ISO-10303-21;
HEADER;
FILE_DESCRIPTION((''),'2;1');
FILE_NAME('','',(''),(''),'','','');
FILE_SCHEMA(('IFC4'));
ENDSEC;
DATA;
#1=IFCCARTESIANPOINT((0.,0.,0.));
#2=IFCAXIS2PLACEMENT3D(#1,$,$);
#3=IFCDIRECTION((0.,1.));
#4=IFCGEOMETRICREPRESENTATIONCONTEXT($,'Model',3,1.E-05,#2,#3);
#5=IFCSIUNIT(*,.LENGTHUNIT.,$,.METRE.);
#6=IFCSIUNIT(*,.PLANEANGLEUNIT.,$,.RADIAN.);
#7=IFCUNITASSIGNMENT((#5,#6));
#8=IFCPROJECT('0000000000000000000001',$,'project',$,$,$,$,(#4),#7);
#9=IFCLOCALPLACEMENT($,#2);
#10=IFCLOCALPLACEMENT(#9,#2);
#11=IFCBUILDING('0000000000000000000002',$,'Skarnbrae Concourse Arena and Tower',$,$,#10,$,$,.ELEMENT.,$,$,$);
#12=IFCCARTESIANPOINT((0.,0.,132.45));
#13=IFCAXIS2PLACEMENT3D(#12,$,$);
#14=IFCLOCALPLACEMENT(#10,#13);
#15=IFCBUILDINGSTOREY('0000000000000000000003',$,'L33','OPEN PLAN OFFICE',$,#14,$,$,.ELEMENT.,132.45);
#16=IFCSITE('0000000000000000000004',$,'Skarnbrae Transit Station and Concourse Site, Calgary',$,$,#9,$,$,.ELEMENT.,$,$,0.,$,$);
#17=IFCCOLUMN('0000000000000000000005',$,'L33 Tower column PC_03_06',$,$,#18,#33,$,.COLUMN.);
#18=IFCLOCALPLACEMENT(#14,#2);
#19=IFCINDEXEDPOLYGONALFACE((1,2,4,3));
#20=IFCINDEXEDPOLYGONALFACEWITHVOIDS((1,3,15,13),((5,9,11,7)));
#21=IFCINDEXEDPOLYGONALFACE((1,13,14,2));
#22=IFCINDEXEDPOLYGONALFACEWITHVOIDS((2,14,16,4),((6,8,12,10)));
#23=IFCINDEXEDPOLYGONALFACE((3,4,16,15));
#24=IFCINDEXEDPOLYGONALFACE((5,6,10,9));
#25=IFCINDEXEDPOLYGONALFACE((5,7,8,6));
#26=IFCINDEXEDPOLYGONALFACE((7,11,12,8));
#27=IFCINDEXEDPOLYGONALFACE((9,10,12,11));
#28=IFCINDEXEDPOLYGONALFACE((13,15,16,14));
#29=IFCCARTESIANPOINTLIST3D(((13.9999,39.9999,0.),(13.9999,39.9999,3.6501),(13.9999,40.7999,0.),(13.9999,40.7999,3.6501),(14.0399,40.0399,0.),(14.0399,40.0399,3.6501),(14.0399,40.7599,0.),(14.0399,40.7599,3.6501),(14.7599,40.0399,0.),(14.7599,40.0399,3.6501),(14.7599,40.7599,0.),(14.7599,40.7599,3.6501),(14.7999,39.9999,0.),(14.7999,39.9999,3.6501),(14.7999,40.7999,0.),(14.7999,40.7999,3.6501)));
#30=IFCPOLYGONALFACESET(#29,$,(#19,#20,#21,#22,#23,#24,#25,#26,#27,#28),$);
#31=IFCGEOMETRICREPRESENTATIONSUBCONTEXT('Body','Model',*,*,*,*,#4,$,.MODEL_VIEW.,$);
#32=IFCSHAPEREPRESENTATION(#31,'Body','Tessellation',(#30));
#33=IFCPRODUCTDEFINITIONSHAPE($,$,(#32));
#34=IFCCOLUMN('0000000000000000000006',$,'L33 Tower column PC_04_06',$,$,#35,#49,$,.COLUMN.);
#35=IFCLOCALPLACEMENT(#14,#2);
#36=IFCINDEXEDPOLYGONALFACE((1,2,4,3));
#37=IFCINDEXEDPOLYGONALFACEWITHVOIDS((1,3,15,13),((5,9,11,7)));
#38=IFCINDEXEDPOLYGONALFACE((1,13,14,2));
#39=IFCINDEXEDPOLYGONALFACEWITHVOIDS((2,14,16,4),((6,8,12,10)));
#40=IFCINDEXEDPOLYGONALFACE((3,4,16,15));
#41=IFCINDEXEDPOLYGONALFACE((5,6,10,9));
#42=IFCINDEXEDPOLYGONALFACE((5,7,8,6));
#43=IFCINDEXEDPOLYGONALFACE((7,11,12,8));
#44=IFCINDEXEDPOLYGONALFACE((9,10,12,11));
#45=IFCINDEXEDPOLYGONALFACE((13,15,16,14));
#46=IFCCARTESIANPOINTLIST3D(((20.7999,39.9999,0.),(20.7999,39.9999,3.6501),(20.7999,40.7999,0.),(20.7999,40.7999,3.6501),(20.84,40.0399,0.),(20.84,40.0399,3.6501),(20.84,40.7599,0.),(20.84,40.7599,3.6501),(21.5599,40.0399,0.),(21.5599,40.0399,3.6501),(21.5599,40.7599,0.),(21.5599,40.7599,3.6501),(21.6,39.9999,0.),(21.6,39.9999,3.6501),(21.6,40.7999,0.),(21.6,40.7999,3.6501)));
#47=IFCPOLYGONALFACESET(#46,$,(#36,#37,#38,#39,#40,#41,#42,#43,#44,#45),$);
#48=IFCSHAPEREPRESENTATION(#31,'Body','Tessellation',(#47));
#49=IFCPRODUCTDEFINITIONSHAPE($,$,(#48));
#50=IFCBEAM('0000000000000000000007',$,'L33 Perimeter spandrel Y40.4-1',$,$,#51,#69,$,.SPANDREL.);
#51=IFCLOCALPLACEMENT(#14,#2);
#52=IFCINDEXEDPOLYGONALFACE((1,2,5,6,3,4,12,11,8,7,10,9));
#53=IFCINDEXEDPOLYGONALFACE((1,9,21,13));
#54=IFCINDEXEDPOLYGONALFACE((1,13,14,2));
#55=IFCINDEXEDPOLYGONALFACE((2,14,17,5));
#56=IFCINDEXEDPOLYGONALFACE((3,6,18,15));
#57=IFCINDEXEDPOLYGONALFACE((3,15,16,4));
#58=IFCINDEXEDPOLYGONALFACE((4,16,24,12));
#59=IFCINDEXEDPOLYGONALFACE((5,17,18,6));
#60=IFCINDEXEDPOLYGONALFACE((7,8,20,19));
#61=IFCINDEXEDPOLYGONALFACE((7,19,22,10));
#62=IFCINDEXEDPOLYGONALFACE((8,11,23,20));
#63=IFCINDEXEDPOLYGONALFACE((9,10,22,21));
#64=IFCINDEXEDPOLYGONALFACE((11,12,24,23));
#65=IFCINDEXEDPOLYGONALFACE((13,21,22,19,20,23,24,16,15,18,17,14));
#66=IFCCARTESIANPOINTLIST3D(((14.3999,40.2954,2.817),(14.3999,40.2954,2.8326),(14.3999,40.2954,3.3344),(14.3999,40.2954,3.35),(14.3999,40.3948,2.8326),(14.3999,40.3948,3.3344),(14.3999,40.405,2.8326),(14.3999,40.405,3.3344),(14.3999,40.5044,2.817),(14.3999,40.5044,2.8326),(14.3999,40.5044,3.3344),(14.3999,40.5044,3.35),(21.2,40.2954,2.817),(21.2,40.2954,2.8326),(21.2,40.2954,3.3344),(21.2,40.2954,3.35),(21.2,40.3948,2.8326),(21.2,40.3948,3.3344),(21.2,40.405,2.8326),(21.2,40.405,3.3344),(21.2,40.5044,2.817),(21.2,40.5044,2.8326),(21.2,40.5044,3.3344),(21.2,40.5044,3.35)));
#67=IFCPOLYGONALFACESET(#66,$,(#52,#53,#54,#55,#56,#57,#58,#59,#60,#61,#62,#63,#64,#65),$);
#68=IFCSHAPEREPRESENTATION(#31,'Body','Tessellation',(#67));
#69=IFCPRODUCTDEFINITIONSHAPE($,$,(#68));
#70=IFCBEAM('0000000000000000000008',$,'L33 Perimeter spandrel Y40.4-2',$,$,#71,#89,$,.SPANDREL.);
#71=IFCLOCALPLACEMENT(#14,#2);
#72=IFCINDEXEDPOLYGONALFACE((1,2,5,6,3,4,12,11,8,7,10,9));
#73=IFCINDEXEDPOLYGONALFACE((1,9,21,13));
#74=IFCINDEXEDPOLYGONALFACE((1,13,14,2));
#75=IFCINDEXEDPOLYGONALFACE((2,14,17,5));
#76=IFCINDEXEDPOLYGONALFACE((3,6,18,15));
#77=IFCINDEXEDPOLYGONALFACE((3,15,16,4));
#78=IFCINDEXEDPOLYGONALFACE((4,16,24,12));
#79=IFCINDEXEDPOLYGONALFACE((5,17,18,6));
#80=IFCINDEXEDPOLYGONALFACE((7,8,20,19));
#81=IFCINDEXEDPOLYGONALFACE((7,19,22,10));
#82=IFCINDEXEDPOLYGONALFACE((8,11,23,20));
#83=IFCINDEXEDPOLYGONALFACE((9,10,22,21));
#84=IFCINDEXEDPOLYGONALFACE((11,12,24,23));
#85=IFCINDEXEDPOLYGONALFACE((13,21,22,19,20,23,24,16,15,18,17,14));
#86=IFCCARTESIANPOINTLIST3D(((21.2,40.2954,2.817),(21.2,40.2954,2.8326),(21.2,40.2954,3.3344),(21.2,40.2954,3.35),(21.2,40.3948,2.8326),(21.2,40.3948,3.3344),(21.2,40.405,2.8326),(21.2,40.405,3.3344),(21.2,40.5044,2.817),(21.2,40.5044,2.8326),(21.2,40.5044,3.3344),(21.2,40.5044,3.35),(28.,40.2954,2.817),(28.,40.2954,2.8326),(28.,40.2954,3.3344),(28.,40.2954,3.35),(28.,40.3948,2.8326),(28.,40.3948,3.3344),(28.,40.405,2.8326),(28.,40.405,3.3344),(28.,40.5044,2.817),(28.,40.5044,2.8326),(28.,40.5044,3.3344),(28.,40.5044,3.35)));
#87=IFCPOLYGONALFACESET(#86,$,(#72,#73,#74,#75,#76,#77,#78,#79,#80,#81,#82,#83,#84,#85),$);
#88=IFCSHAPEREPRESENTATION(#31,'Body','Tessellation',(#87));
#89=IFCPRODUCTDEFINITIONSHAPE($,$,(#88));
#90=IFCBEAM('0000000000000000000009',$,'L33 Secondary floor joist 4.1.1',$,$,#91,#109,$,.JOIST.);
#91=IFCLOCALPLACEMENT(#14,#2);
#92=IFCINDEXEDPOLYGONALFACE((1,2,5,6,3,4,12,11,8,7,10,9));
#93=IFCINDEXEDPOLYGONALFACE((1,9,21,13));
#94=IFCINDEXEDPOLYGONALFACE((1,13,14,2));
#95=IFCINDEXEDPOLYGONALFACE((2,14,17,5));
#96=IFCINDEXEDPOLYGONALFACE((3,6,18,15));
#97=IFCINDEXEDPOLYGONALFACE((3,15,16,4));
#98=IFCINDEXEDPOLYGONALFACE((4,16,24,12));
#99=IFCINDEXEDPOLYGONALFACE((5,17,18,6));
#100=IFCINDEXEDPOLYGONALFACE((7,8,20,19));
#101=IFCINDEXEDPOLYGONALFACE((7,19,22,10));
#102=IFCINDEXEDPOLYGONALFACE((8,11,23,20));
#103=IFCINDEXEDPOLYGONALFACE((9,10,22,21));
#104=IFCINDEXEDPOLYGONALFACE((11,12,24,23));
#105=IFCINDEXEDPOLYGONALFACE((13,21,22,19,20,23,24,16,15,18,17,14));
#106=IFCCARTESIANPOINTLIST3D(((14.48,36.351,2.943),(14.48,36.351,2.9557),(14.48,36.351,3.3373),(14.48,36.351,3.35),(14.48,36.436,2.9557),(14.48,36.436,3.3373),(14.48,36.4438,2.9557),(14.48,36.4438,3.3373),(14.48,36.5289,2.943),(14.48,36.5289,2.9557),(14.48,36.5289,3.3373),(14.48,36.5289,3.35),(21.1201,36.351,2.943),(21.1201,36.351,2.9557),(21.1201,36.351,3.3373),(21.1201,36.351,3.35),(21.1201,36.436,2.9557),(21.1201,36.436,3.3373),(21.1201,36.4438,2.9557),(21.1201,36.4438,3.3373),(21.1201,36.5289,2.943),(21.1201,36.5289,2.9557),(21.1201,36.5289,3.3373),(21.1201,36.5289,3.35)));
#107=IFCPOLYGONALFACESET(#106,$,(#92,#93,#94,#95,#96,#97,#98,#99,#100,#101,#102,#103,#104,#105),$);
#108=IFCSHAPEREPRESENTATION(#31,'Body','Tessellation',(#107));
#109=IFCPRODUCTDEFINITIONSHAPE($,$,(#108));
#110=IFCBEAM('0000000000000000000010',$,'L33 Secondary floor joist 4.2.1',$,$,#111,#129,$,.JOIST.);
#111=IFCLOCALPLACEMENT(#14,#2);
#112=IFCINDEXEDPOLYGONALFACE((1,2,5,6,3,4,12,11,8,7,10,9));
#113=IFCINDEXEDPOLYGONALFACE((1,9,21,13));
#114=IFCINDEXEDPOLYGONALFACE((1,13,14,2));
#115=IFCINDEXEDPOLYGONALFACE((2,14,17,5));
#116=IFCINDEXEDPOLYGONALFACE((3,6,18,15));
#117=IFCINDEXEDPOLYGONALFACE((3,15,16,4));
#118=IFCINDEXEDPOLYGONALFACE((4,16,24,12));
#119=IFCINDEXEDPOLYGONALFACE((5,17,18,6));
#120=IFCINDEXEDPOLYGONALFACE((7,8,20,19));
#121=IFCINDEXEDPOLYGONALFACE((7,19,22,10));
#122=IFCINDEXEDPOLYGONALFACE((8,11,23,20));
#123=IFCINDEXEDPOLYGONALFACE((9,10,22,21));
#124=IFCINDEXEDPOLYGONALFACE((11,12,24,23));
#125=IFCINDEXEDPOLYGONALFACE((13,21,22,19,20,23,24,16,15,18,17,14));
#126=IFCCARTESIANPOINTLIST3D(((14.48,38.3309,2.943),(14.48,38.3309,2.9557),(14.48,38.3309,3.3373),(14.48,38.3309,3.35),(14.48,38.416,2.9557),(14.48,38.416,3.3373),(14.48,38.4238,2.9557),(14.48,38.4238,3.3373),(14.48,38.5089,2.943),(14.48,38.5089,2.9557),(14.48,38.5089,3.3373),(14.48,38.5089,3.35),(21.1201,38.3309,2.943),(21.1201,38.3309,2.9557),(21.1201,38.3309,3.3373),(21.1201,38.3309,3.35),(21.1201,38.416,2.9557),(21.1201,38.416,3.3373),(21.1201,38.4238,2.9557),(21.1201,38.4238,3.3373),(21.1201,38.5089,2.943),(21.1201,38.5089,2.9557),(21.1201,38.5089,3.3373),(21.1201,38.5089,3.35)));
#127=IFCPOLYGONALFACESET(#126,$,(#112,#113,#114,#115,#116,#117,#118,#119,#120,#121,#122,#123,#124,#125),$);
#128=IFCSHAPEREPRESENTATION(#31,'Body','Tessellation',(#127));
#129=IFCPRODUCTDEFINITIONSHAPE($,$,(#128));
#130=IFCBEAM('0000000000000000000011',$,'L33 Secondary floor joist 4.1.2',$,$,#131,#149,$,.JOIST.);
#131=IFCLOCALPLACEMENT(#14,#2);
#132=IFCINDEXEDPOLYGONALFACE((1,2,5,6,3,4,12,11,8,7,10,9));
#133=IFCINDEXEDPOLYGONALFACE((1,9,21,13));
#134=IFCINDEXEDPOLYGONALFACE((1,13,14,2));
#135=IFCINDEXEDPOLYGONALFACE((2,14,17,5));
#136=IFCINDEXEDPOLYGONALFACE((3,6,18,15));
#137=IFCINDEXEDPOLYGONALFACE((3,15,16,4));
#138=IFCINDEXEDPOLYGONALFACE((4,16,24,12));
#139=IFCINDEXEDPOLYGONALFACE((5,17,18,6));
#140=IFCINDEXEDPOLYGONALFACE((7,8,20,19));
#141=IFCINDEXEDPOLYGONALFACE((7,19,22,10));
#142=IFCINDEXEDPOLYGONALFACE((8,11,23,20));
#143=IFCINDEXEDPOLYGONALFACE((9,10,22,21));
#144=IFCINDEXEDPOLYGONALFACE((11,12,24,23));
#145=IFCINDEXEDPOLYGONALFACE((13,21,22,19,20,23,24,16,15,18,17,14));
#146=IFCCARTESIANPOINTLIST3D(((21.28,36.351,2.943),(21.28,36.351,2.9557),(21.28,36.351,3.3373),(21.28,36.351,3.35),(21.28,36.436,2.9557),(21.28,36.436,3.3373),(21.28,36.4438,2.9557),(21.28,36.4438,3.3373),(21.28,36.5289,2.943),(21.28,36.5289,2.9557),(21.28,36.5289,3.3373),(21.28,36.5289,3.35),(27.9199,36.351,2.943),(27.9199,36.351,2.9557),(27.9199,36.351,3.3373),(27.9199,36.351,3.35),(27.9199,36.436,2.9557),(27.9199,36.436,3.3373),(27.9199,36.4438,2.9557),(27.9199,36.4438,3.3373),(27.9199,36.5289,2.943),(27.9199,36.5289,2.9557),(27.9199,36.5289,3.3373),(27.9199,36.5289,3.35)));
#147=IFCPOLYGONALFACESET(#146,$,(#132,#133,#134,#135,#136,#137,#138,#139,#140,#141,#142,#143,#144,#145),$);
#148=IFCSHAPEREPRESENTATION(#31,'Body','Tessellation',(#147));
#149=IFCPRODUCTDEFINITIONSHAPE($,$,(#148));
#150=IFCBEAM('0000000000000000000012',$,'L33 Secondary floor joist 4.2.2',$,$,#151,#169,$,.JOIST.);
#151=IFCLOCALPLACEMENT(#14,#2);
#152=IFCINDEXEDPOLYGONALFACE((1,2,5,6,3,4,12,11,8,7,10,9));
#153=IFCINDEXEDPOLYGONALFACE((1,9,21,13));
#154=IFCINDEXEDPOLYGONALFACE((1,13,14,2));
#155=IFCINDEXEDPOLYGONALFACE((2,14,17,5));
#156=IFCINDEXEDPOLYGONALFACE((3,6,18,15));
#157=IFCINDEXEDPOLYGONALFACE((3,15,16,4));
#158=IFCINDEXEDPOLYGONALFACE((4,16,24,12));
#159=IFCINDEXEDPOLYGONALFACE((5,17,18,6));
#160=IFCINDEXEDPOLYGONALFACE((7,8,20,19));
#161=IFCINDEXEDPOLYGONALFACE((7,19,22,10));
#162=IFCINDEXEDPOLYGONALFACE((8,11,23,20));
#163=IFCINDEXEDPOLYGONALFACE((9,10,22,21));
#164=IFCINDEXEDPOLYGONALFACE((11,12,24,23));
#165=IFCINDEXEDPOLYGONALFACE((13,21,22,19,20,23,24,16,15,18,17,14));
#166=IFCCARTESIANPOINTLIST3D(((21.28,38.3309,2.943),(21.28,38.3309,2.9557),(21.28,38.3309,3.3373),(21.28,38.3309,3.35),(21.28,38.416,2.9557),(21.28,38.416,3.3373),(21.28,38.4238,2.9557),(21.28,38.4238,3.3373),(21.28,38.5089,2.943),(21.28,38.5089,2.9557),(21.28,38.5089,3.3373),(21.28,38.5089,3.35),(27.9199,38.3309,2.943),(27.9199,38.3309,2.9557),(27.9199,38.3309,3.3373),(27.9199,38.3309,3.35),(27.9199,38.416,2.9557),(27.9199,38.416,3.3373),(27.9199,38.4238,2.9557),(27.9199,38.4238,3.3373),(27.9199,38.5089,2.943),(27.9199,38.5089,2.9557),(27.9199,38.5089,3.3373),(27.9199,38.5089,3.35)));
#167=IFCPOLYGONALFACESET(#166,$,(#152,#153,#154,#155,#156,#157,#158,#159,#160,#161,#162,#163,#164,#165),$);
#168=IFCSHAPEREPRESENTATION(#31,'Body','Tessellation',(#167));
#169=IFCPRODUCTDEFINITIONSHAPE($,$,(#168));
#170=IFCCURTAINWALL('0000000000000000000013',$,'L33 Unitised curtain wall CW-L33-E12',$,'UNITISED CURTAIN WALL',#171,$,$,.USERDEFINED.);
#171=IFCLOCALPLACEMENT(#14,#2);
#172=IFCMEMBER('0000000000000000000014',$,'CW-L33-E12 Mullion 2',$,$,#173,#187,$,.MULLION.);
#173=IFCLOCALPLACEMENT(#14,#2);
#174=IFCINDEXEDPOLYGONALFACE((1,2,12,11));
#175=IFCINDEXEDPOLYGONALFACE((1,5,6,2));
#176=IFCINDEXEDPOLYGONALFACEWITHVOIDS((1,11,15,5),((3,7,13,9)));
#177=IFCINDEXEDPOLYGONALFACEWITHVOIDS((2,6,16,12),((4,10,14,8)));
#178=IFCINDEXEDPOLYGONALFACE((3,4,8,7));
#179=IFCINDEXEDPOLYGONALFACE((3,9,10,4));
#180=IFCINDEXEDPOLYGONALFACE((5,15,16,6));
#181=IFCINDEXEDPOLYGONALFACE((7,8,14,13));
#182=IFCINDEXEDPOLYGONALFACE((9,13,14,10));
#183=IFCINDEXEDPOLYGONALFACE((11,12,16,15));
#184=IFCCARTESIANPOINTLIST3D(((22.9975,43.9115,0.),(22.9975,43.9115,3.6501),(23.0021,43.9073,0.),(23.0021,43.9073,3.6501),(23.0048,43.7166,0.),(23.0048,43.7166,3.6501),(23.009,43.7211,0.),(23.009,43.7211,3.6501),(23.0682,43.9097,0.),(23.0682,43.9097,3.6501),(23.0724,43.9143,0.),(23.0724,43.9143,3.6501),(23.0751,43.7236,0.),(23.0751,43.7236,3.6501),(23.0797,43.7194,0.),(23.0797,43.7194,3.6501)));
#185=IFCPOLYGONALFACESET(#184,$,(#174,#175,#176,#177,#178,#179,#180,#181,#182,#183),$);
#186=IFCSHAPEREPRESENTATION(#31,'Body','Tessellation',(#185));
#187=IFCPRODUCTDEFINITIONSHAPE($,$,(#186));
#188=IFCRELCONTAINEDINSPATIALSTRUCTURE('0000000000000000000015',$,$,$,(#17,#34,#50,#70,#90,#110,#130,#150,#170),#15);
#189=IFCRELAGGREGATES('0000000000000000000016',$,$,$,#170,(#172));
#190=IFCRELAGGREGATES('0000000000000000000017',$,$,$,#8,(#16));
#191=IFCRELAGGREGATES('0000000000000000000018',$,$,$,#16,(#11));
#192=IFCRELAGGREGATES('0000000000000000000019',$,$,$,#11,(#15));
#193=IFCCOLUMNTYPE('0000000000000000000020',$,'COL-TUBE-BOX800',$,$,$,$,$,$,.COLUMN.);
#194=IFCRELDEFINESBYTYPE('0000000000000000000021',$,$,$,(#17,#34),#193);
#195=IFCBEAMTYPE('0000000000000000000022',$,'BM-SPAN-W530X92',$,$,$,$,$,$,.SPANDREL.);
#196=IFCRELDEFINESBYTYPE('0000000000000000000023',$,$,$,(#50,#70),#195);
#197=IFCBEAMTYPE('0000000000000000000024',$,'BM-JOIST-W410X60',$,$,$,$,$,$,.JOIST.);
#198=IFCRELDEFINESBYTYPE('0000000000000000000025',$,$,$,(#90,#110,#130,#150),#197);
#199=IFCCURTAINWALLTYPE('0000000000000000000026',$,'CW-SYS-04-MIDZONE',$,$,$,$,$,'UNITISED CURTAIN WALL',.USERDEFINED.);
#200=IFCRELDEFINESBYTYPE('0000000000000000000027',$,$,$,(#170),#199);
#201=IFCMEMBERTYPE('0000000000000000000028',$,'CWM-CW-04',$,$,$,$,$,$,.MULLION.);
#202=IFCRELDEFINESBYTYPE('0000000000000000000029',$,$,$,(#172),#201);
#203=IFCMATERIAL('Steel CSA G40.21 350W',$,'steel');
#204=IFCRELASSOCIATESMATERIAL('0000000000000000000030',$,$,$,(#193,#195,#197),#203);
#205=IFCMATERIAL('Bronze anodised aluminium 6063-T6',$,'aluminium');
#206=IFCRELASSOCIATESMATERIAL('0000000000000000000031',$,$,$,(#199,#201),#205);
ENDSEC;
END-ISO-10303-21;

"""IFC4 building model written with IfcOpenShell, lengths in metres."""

from ifc_helpers import new_model, si_unit, direction, frame, origin, origin_2d, place, context, subcontext, project, spatial, hollow_rectangle, i_section, extrude, source, transform, mapped, material, material_profile, profile_set, type_object, element, aggregate, save


model = new_model("IFC4")

# Units and contexts
model_context = context("Model", 3, precision=1e-05, world=origin(), true_north=direction((0.0, 1.0)))
body_context = subcontext(model_context, "Body", "Model", "MODEL_VIEW")
ifc_project = project(units=[si_unit("LENGTHUNIT", "METRE"), si_unit("PLANEANGLEUNIT", "RADIAN")], contexts=[model_context])

# Site, building, storey
site_placement = place(None, origin())
site = spatial("IfcSite", under=ifc_project, at=site_placement, Name="Skarnbrae Transit Station and Concourse Site, Calgary", CompositionType="ELEMENT", RefElevation=0.0)
building_placement = place(site_placement, origin())
building = spatial("IfcBuilding", under=site, at=building_placement, Name="Skarnbrae Concourse Arena and Tower", CompositionType="ELEMENT")
storey_placement = place(building_placement, frame((0.0, 0.0, 132.45)))
storey = spatial("IfcBuildingStorey", under=building, at=storey_placement, Name="L33", Description="OPEN PLAN OFFICE", CompositionType="ELEMENT", Elevation=132.45)

# Columns
ifc_material_1 = material(Name="Steel CSA G40.21 350W", Category="steel")
ifc_material_profile_1 = material_profile(ifc_material_1, hollow_rectangle(XDim=0.8, YDim=0.8, WallThickness=0.04, at=origin_2d()), Name="BOX800X800X40")
ifc_profile_set_1 = profile_set([ifc_material_profile_1], Name="Steel CSA G40.21 350W")
column_type = type_object("IfcColumnType", Name="COL-TUBE-BOX800", PredefinedType="COLUMN", material=ifc_profile_set_1)
shared_shape_1 = source(origin(), body_context, "Body", "SweptSolid", [
    extrude(hollow_rectangle(XDim=0.8, YDim=0.8, WallThickness=0.04, at=origin_2d()), origin(), (0.0, 0.0, 1.0), 3.6501),
])
for number, where, z_axis, x_axis, name in (
    (1, (14.3999, 40.3999, 0.0), (0.0, 0.0, 1.0), (1.0, 0.0, 0.0), "L33 Tower column PC_03_06"),
    (2, (21.2, 40.3999, 0.0), (0.0, 0.0, 1.0), (1.0, 0.0, 0.0), "L33 Tower column PC_04_06"),
):
    element("IfcColumn", number, at=place(storey_placement, frame(where, z_axis=z_axis, x_axis=x_axis)), inside=storey, type_object=column_type, Name=name, PredefinedType="COLUMN", context=body_context, shape_type="MappedRepresentation", body=[
        mapped(shared_shape_1, transform((0.0, 0.0, 0.0))),
    ])

# Beams
ifc_material_profile_2 = material_profile(ifc_material_1, i_section(OverallWidth=0.209, OverallDepth=0.533, WebThickness=0.0103, FlangeThickness=0.0156, at=origin_2d()), Name="W530X92")
ifc_profile_set_2 = profile_set([ifc_material_profile_2], Name="Steel CSA G40.21 350W")
beam_type_1 = type_object("IfcBeamType", Name="BM-SPAN-W530X92", PredefinedType="SPANDREL", material=ifc_profile_set_2)
shared_shape_2 = source(origin(), body_context, "Body", "SweptSolid", [
    extrude(i_section(OverallWidth=0.209, OverallDepth=0.533, WebThickness=0.0103, FlangeThickness=0.0156, at=origin_2d()), origin(), (0.0, 0.0, 1.0), 6.8),
])
for number, where, z_axis, x_axis, name in (
    (3, (14.3999, 40.3999, 3.0835), (1.0, 0.0, 0.0), (0.0, 1.0, 0.0), "L33 Perimeter spandrel Y40.4-1"),
    (4, (21.2, 40.3999, 3.0835), (1.0, 0.0, 0.0), (0.0, 1.0, 0.0), "L33 Perimeter spandrel Y40.4-2"),
):
    element("IfcBeam", number, at=place(storey_placement, frame(where, z_axis=z_axis, x_axis=x_axis)), inside=storey, type_object=beam_type_1, Name=name, PredefinedType="SPANDREL", context=body_context, shape_type="MappedRepresentation", body=[
        mapped(shared_shape_2, transform((0.0, 0.0, 0.0))),
    ])
ifc_material_profile_3 = material_profile(ifc_material_1, i_section(OverallWidth=0.178, OverallDepth=0.407, WebThickness=0.0078, FlangeThickness=0.0127, at=origin_2d()), Name="W410X60")
ifc_profile_set_3 = profile_set([ifc_material_profile_3], Name="Steel CSA G40.21 350W")
beam_type_2 = type_object("IfcBeamType", Name="BM-JOIST-W410X60", PredefinedType="JOIST", material=ifc_profile_set_3)
shared_shape_3 = source(origin(), body_context, "Body", "SweptSolid", [
    extrude(i_section(OverallWidth=0.178, OverallDepth=0.407, WebThickness=0.0078, FlangeThickness=0.0127, at=origin_2d()), origin(), (0.0, 0.0, 1.0), 6.6401),
])
for number, where, z_axis, x_axis, name in (
    (5, (14.48, 36.4399, 3.1465), (1.0, 0.0, 0.0), (0.0, 1.0, 0.0), "L33 Secondary floor joist 4.1.1"),
    (6, (14.48, 38.4199, 3.1465), (1.0, 0.0, 0.0), (0.0, 1.0, 0.0), "L33 Secondary floor joist 4.2.1"),
):
    element("IfcBeam", number, at=place(storey_placement, frame(where, z_axis=z_axis, x_axis=x_axis)), inside=storey, type_object=beam_type_2, Name=name, PredefinedType="JOIST", context=body_context, shape_type="MappedRepresentation", body=[
        mapped(shared_shape_3, transform((0.0, 0.0, 0.0))),
    ])
shared_shape_4 = source(origin(), body_context, "Body", "SweptSolid", [
    extrude(i_section(OverallWidth=0.178, OverallDepth=0.407, WebThickness=0.0078, FlangeThickness=0.0127, at=origin_2d()), origin(), (0.0, 0.0, 1.0), 6.6399),
])
for number, where, z_axis, x_axis, name in (
    (7, (21.28, 36.4399, 3.1465), (1.0, 0.0, 0.0), (0.0, 1.0, 0.0), "L33 Secondary floor joist 4.1.2"),
    (8, (21.28, 38.4199, 3.1465), (1.0, 0.0, 0.0), (0.0, 1.0, 0.0), "L33 Secondary floor joist 4.2.2"),
):
    element("IfcBeam", number, at=place(storey_placement, frame(where, z_axis=z_axis, x_axis=x_axis)), inside=storey, type_object=beam_type_2, Name=name, PredefinedType="JOIST", context=body_context, shape_type="MappedRepresentation", body=[
        mapped(shared_shape_4, transform((0.0, 0.0, 0.0))),
    ])

# Curtain wall, member
ifc_material_2 = material(Name="Bronze anodised aluminium 6063-T6", Category="aluminium")
curtain_wall_type = type_object("IfcCurtainWallType", Name="CW-SYS-04-MIDZONE", ElementType="UNITISED CURTAIN WALL", PredefinedType="USERDEFINED", material=ifc_material_2)
curtain_wall_1_placement = place(storey_placement, origin())
curtain_wall_1 = element("IfcCurtainWall", 9, at=curtain_wall_1_placement, inside=storey, type_object=curtain_wall_type, Name="L33 Unitised curtain wall CW-L33-E12", ObjectType="UNITISED CURTAIN WALL", PredefinedType="USERDEFINED")
ifc_material_profile_4 = material_profile(ifc_material_2, hollow_rectangle(XDim=0.075, YDim=0.1951, WallThickness=0.0044, at=origin_2d()), Name="ALU-MULL-75X195")
ifc_profile_set_4 = profile_set([ifc_material_profile_4], Name="Bronze anodised aluminium 6063-T6")
member_type_1 = type_object("IfcMemberType", Name="CWM-CW-04", PredefinedType="MULLION", material=ifc_profile_set_4)
shared_shape_5 = source(origin(), body_context, "Body", "SweptSolid", [
    extrude(hollow_rectangle(XDim=0.075, YDim=0.1951, WallThickness=0.0044, at=origin_2d()), origin(), (0.0, 0.0, 1.0), 3.6501),
])
member_1_placement = place(storey_placement, frame((23.0386, 43.8154, 0.0), z_axis=(0.0, 0.0, 1.0), x_axis=(-0.999308, -0.037183, 0.0)))
member_1 = element("IfcMember", 10, at=member_1_placement, type_object=member_type_1, Name="CW-L33-E12 Mullion 2", PredefinedType="MULLION", context=body_context, shape_type="MappedRepresentation", body=[
    mapped(shared_shape_5, transform((0.0, 0.0, 0.0))),
])

aggregate(curtain_wall_1, [member_1])

save(model, "model.ifc")
